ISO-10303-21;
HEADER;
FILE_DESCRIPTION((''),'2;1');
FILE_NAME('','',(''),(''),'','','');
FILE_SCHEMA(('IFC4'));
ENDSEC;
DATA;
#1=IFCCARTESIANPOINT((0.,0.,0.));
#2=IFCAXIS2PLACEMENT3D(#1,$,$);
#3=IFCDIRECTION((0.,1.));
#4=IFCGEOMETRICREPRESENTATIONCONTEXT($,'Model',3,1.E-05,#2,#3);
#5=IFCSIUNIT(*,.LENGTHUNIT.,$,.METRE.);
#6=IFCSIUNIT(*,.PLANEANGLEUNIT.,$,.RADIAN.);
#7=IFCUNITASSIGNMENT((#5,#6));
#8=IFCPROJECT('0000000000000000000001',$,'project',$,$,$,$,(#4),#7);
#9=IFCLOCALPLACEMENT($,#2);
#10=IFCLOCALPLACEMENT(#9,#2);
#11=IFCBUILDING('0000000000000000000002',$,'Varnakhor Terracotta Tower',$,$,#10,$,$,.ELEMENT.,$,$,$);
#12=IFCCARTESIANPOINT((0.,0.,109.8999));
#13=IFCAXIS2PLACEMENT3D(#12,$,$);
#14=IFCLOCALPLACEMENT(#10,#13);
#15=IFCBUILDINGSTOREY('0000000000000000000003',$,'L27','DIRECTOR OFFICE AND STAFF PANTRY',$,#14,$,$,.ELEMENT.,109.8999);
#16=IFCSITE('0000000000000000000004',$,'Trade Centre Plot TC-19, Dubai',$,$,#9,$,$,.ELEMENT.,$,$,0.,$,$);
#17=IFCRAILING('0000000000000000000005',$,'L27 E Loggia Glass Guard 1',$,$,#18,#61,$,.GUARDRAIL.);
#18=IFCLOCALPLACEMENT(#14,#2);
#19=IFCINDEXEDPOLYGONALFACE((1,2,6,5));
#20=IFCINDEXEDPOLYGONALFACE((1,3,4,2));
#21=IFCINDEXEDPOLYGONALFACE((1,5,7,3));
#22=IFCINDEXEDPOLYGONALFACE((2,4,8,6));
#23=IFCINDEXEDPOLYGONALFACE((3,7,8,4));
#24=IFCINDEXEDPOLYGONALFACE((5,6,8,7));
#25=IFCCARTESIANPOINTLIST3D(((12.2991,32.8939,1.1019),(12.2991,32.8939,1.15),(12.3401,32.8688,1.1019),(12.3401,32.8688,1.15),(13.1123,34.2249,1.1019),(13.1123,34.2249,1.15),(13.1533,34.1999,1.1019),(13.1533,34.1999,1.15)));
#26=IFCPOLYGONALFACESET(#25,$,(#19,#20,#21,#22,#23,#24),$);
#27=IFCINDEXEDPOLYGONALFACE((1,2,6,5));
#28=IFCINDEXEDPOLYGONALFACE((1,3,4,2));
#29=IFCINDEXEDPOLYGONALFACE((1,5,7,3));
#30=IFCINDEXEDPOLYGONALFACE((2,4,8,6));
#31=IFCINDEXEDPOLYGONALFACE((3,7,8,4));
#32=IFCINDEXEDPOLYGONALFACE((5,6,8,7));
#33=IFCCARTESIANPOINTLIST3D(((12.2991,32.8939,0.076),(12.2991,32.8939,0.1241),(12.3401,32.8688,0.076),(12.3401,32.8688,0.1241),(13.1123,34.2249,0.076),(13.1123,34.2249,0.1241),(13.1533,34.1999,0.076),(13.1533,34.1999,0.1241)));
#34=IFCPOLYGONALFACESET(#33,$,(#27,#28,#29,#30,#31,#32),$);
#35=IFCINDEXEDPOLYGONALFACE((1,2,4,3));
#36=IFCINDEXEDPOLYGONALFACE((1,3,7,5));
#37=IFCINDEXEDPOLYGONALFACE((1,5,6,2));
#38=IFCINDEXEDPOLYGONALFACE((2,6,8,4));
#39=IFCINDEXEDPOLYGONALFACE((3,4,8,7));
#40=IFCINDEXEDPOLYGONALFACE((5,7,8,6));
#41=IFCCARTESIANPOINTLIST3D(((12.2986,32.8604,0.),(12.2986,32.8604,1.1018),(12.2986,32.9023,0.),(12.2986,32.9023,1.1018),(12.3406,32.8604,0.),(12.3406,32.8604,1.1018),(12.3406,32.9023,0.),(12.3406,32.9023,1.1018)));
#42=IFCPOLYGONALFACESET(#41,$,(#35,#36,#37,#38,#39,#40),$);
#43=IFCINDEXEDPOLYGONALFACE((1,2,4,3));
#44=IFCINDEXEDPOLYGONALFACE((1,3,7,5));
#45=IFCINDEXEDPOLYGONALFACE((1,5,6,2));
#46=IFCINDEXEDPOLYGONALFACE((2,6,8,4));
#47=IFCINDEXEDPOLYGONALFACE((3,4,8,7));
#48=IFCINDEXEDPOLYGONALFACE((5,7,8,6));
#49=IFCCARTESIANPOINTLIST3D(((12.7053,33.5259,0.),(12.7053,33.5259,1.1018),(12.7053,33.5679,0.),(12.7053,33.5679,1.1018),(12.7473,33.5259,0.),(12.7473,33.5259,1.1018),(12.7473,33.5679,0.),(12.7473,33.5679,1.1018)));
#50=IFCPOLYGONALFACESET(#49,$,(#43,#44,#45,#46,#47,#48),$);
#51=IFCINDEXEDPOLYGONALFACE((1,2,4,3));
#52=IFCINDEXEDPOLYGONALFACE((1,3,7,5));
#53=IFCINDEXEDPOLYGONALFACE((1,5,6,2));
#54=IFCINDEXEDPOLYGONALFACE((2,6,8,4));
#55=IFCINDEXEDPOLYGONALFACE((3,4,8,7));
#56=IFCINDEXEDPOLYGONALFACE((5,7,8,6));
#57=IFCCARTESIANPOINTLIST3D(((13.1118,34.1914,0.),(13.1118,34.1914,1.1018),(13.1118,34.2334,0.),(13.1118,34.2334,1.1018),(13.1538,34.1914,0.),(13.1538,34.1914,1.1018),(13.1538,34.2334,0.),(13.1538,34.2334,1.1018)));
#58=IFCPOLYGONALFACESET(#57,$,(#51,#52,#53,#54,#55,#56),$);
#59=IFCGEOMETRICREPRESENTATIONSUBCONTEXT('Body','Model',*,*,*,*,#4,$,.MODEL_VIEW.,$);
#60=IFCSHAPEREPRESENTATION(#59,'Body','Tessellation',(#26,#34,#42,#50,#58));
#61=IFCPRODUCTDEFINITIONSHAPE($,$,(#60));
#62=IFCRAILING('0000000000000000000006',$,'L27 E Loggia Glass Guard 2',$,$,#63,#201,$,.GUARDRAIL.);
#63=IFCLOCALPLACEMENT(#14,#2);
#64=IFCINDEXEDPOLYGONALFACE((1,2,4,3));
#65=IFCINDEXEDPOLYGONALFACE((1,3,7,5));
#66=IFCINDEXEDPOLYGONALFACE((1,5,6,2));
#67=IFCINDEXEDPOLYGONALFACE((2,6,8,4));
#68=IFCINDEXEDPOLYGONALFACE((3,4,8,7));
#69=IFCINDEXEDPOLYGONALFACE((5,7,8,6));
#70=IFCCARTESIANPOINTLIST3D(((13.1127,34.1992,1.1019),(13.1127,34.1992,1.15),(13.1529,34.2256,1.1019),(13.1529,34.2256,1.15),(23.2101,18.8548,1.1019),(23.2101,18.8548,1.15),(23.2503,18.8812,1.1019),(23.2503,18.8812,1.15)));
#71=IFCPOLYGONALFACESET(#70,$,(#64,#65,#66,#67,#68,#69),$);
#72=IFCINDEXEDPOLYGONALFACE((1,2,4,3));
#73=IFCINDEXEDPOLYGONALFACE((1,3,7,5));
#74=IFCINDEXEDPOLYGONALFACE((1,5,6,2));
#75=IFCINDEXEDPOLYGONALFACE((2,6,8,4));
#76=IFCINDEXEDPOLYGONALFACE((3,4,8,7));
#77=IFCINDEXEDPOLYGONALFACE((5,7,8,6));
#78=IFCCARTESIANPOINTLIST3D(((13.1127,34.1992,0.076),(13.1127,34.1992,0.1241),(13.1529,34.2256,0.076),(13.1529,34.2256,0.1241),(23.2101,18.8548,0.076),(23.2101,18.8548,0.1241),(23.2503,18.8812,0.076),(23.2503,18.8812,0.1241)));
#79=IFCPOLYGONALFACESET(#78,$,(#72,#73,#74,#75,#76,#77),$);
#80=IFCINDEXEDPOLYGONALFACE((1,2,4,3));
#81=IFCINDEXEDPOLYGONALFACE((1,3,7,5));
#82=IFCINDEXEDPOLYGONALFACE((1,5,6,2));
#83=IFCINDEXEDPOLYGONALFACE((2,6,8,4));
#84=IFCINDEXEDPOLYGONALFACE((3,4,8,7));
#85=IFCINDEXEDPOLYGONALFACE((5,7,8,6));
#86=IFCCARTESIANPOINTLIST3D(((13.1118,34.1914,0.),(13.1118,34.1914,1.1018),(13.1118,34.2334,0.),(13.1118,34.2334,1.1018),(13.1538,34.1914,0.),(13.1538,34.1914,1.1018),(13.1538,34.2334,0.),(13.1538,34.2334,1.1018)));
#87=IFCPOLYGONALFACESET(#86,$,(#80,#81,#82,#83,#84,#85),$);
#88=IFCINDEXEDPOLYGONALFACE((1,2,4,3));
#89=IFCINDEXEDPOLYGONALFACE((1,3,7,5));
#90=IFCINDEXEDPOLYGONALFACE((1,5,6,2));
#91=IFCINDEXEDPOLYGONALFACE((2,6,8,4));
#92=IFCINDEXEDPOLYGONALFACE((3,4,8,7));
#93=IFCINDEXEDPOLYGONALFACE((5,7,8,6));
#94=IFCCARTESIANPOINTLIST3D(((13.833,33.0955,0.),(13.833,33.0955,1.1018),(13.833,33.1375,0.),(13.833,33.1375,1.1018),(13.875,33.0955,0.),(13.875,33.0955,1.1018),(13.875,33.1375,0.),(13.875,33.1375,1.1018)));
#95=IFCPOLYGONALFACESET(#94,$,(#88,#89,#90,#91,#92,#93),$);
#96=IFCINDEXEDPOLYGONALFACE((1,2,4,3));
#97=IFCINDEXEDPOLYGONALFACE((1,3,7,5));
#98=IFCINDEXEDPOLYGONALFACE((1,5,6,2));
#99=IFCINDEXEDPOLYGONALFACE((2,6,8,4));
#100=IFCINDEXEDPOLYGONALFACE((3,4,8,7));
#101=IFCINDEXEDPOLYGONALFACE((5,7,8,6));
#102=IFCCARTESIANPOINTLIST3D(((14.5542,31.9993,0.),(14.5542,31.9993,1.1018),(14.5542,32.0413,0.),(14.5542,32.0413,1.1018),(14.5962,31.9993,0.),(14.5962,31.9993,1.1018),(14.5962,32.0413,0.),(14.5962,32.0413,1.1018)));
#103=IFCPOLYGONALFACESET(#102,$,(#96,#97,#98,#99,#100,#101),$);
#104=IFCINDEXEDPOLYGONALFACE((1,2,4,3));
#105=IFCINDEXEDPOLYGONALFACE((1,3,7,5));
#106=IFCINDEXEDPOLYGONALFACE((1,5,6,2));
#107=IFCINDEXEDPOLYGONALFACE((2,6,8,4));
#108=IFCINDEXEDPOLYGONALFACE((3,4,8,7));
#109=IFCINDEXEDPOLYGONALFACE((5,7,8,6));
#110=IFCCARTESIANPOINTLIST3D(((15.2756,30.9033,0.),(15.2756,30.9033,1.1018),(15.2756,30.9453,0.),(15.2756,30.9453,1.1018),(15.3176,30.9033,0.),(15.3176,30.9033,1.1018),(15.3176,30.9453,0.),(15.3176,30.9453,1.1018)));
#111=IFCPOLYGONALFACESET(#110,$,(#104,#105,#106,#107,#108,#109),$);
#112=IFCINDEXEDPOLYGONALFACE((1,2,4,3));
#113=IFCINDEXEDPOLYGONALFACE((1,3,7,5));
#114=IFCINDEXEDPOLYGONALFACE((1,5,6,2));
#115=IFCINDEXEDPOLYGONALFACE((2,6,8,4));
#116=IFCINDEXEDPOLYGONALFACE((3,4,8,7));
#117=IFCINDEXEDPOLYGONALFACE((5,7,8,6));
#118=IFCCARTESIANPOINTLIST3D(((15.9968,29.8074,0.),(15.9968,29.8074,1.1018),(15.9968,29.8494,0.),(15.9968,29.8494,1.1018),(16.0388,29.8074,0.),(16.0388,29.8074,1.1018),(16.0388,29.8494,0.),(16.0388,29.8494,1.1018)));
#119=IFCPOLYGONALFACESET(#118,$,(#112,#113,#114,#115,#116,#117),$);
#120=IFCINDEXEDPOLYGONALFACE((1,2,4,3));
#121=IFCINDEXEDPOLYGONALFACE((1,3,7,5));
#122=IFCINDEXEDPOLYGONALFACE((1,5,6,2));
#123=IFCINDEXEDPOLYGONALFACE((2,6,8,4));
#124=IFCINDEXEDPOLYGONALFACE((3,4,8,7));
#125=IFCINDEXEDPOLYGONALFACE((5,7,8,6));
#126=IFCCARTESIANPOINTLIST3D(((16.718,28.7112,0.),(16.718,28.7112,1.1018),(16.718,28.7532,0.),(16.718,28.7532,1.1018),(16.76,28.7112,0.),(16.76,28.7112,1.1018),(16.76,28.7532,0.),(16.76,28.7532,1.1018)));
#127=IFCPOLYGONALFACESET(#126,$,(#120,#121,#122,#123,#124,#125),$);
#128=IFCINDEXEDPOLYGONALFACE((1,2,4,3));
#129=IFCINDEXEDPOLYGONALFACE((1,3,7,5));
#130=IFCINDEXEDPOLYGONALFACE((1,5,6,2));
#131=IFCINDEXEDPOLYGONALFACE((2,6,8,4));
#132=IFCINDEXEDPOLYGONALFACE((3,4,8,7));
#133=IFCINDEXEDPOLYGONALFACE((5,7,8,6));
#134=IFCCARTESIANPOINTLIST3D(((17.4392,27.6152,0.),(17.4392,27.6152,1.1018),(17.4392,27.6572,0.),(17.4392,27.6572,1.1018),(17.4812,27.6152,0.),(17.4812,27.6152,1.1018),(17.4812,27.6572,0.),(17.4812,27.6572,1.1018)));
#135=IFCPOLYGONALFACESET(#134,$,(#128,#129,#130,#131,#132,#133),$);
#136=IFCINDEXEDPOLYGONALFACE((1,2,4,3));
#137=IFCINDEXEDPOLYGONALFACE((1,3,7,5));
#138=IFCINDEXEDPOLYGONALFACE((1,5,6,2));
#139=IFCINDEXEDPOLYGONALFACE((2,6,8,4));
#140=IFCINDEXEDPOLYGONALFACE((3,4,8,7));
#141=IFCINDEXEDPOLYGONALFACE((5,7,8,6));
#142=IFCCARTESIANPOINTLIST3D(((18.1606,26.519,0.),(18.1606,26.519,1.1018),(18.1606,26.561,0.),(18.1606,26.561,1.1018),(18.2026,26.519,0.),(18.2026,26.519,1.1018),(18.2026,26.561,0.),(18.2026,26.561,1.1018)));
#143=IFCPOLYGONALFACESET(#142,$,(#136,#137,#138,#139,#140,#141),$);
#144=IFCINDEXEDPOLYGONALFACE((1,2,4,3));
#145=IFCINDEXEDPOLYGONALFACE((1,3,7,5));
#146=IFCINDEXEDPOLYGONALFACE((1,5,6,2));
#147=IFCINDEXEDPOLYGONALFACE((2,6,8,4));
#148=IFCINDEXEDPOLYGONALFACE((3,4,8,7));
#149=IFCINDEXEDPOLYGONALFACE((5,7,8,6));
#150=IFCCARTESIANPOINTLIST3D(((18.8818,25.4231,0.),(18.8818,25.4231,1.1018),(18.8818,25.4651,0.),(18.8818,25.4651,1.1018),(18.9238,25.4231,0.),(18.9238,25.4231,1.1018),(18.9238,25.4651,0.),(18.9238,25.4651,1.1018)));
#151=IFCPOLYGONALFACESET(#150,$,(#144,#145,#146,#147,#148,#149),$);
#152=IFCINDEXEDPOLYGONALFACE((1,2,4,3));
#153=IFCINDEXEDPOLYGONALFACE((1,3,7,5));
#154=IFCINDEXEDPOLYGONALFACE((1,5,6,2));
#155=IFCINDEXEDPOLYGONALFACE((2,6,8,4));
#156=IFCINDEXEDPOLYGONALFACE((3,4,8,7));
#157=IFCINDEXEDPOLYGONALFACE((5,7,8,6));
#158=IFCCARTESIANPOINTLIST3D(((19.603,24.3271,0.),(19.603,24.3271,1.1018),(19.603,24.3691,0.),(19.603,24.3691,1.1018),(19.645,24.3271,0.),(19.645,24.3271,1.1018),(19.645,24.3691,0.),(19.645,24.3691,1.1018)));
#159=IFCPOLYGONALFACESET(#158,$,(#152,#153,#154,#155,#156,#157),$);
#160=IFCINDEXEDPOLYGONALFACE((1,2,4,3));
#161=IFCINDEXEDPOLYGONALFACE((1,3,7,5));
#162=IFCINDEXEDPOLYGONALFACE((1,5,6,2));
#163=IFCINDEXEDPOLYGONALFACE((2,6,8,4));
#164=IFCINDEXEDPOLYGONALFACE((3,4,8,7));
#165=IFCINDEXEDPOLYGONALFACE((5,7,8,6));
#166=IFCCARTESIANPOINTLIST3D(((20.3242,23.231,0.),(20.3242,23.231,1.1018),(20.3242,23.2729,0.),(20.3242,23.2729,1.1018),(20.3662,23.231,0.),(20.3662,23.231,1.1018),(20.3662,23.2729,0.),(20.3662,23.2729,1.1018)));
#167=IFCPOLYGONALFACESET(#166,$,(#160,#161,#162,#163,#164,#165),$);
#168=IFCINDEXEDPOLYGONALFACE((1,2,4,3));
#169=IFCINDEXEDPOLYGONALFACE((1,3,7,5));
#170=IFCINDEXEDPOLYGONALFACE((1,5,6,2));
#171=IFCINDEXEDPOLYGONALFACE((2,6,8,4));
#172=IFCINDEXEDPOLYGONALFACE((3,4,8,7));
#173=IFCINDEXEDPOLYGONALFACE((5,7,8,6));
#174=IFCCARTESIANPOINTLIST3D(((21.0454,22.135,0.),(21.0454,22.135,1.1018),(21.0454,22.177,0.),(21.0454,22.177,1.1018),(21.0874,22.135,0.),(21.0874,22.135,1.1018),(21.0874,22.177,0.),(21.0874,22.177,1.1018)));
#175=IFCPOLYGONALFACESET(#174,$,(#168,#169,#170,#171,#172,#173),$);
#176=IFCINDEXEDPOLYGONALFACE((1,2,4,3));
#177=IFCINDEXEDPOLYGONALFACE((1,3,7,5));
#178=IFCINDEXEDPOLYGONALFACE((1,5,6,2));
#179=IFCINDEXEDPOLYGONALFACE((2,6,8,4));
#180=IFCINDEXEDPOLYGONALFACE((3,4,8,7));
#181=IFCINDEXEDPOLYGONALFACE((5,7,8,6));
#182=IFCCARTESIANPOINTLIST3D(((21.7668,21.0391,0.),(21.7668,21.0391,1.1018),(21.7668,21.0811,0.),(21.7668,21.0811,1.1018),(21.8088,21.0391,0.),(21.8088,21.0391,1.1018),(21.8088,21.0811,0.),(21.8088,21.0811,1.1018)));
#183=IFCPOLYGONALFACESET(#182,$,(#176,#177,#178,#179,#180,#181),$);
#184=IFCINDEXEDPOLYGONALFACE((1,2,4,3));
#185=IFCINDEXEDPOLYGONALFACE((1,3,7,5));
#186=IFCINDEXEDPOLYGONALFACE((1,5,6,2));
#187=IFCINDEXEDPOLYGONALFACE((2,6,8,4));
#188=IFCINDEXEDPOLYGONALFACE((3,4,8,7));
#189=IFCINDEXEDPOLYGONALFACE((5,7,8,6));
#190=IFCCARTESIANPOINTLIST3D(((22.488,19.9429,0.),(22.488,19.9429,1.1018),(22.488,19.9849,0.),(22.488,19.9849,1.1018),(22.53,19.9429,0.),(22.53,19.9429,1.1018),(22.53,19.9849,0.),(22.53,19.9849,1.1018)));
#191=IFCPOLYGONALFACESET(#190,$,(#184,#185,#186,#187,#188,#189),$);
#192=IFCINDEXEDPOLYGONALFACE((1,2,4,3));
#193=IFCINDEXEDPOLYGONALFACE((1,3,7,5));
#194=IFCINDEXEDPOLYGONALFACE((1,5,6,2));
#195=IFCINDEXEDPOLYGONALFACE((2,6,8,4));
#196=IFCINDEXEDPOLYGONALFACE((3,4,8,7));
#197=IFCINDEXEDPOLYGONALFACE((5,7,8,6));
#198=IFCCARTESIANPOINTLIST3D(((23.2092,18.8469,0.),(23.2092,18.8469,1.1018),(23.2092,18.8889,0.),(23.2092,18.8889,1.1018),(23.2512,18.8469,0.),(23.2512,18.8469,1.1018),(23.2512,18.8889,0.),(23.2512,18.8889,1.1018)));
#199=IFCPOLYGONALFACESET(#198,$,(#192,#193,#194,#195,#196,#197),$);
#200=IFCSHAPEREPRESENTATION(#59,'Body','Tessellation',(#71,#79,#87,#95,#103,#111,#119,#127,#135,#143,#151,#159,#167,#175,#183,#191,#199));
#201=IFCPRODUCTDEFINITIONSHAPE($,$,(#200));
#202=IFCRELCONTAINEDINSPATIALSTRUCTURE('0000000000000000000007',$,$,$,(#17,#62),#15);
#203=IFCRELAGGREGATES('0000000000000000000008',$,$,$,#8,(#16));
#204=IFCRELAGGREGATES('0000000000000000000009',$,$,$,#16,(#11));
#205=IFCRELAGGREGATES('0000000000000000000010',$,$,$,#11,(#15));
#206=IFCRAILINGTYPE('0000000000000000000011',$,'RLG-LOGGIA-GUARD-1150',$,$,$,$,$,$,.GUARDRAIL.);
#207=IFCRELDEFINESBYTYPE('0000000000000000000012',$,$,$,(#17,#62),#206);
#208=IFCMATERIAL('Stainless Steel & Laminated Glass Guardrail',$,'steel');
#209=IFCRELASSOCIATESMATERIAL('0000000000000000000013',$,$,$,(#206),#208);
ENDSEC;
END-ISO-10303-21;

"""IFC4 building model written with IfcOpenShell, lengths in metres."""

from ifc_helpers import new_model, si_unit, direction, frame, origin, origin_2d, place, context, subcontext, project, spatial, rectangle, extrude, material, type_object, element, save


model = new_model("IFC4")

# Units and contexts
model_context = context("Model", 3, precision=1e-05, world=origin(), true_north=direction((0.0, 1.0)))
body_context = subcontext(model_context, "Body", "Model", "MODEL_VIEW")
ifc_project = project(units=[si_unit("LENGTHUNIT", "METRE"), si_unit("PLANEANGLEUNIT", "RADIAN")], contexts=[model_context])

# Site, building, storey
site_placement = place(None, origin())
site = spatial("IfcSite", under=ifc_project, at=site_placement, Name="Trade Centre Plot TC-19, Dubai", CompositionType="ELEMENT", RefElevation=0.0)
building_placement = place(site_placement, origin())
building = spatial("IfcBuilding", under=site, at=building_placement, Name="Varnakhor Terracotta Tower", CompositionType="ELEMENT")
storey_placement = place(building_placement, frame((0.0, 0.0, 109.8999)))
storey = spatial("IfcBuildingStorey", under=building, at=storey_placement, Name="L27", Description="DIRECTOR OFFICE AND STAFF PANTRY", CompositionType="ELEMENT", Elevation=109.8999)

# Railings
ifc_material_1 = material(Name="Stainless Steel & Laminated Glass Guardrail", Category="steel")
railing_type = type_object("IfcRailingType", Name="RLG-LOGGIA-GUARD-1150", PredefinedType="GUARDRAIL", material=ifc_material_1)
railing_1_placement = place(storey_placement, frame((12.3196, 32.8813, 0.0)))
element("IfcRailing", 1, at=railing_1_placement, inside=storey, type_object=railing_type, Name="L27 E Loggia Glass Guard 1", PredefinedType="GUARDRAIL", context=body_context, shape_type="SweptSolid", body=[
    extrude(rectangle(XDim=0.0481, YDim=0.0481, at=origin_2d()), frame((0.0, 0.0, 1.126), z_axis=(0.521361, 0.853336, 0.0), x_axis=(-0.853336, 0.521361, 0.0)), (0.0, 0.0, 1.0), 1.5598),
    extrude(rectangle(XDim=0.0481, YDim=0.0481, at=origin_2d()), frame((0.0, 0.0, 0.1001), z_axis=(0.521361, 0.853336, 0.0), x_axis=(-0.853336, 0.521361, 0.0)), (0.0, 0.0, 1.0), 1.5598),
    extrude(rectangle(XDim=0.042, YDim=0.042, at=origin_2d()), origin(), (0.0, 0.0, 1.0), 1.1018),
    extrude(rectangle(XDim=0.042, YDim=0.042, at=origin_2d()), frame((0.4067, 0.6655, 0.0)), (0.0, 0.0, 1.0), 1.1018),
    extrude(rectangle(XDim=0.042, YDim=0.042, at=origin_2d()), frame((0.8132, 1.3311, 0.0)), (0.0, 0.0, 1.0), 1.1018),
])
railing_2_placement = place(storey_placement, frame((13.1328, 34.2124, 0.0)))
element("IfcRailing", 2, at=railing_2_placement, inside=storey, type_object=railing_type, Name="L27 E Loggia Glass Guard 2", PredefinedType="GUARDRAIL", context=body_context, shape_type="SweptSolid", body=[
    extrude(rectangle(XDim=0.0481, YDim=0.0481, at=origin_2d()), frame((0.0, 0.0, 1.126), z_axis=(0.549706, -0.835358, 0.0), x_axis=(0.835358, 0.549706, 0.0)), (0.0, 0.0, 1.0), 18.3687),
    extrude(rectangle(XDim=0.0481, YDim=0.0481, at=origin_2d()), frame((0.0, 0.0, 0.1001), z_axis=(0.549706, -0.835358, 0.0), x_axis=(0.835358, 0.549706, 0.0)), (0.0, 0.0, 1.0), 18.3687),
    extrude(rectangle(XDim=0.042, YDim=0.042, at=origin_2d()), origin(), (0.0, 0.0, 1.0), 1.1018),
    extrude(rectangle(XDim=0.042, YDim=0.042, at=origin_2d()), frame((0.7212, -1.0959, 0.0)), (0.0, 0.0, 1.0), 1.1018),
    extrude(rectangle(XDim=0.042, YDim=0.042, at=origin_2d()), frame((1.4424, -2.1921, 0.0)), (0.0, 0.0, 1.0), 1.1018),
    extrude(rectangle(XDim=0.042, YDim=0.042, at=origin_2d()), frame((2.1638, -3.2881, 0.0)), (0.0, 0.0, 1.0), 1.1018),
    extrude(rectangle(XDim=0.042, YDim=0.042, at=origin_2d()), frame((2.885, -4.384, 0.0)), (0.0, 0.0, 1.0), 1.1018),
    extrude(rectangle(XDim=0.042, YDim=0.042, at=origin_2d()), frame((3.6062, -5.4802, 0.0)), (0.0, 0.0, 1.0), 1.1018),
    extrude(rectangle(XDim=0.042, YDim=0.042, at=origin_2d()), frame((4.3274, -6.5762, 0.0)), (0.0, 0.0, 1.0), 1.1018),
    extrude(rectangle(XDim=0.042, YDim=0.042, at=origin_2d()), frame((5.0488, -7.6724, 0.0)), (0.0, 0.0, 1.0), 1.1018),
    extrude(rectangle(XDim=0.042, YDim=0.042, at=origin_2d()), frame((5.77, -8.7683, 0.0)), (0.0, 0.0, 1.0), 1.1018),
    extrude(rectangle(XDim=0.042, YDim=0.042, at=origin_2d()), frame((6.4912, -9.8643, 0.0)), (0.0, 0.0, 1.0), 1.1018),
    extrude(rectangle(XDim=0.042, YDim=0.042, at=origin_2d()), frame((7.2124, -10.9604, 0.0)), (0.0, 0.0, 1.0), 1.1018),
    extrude(rectangle(XDim=0.042, YDim=0.042, at=origin_2d()), frame((7.9336, -12.0564, 0.0)), (0.0, 0.0, 1.0), 1.1018),
    extrude(rectangle(XDim=0.042, YDim=0.042, at=origin_2d()), frame((8.655, -13.1523, 0.0)), (0.0, 0.0, 1.0), 1.1018),
    extrude(rectangle(XDim=0.042, YDim=0.042, at=origin_2d()), frame((9.3762, -14.2485, 0.0)), (0.0, 0.0, 1.0), 1.1018),
    extrude(rectangle(XDim=0.042, YDim=0.042, at=origin_2d()), frame((10.0974, -15.3445, 0.0)), (0.0, 0.0, 1.0), 1.1018),
])

save(model, "model.ifc")
